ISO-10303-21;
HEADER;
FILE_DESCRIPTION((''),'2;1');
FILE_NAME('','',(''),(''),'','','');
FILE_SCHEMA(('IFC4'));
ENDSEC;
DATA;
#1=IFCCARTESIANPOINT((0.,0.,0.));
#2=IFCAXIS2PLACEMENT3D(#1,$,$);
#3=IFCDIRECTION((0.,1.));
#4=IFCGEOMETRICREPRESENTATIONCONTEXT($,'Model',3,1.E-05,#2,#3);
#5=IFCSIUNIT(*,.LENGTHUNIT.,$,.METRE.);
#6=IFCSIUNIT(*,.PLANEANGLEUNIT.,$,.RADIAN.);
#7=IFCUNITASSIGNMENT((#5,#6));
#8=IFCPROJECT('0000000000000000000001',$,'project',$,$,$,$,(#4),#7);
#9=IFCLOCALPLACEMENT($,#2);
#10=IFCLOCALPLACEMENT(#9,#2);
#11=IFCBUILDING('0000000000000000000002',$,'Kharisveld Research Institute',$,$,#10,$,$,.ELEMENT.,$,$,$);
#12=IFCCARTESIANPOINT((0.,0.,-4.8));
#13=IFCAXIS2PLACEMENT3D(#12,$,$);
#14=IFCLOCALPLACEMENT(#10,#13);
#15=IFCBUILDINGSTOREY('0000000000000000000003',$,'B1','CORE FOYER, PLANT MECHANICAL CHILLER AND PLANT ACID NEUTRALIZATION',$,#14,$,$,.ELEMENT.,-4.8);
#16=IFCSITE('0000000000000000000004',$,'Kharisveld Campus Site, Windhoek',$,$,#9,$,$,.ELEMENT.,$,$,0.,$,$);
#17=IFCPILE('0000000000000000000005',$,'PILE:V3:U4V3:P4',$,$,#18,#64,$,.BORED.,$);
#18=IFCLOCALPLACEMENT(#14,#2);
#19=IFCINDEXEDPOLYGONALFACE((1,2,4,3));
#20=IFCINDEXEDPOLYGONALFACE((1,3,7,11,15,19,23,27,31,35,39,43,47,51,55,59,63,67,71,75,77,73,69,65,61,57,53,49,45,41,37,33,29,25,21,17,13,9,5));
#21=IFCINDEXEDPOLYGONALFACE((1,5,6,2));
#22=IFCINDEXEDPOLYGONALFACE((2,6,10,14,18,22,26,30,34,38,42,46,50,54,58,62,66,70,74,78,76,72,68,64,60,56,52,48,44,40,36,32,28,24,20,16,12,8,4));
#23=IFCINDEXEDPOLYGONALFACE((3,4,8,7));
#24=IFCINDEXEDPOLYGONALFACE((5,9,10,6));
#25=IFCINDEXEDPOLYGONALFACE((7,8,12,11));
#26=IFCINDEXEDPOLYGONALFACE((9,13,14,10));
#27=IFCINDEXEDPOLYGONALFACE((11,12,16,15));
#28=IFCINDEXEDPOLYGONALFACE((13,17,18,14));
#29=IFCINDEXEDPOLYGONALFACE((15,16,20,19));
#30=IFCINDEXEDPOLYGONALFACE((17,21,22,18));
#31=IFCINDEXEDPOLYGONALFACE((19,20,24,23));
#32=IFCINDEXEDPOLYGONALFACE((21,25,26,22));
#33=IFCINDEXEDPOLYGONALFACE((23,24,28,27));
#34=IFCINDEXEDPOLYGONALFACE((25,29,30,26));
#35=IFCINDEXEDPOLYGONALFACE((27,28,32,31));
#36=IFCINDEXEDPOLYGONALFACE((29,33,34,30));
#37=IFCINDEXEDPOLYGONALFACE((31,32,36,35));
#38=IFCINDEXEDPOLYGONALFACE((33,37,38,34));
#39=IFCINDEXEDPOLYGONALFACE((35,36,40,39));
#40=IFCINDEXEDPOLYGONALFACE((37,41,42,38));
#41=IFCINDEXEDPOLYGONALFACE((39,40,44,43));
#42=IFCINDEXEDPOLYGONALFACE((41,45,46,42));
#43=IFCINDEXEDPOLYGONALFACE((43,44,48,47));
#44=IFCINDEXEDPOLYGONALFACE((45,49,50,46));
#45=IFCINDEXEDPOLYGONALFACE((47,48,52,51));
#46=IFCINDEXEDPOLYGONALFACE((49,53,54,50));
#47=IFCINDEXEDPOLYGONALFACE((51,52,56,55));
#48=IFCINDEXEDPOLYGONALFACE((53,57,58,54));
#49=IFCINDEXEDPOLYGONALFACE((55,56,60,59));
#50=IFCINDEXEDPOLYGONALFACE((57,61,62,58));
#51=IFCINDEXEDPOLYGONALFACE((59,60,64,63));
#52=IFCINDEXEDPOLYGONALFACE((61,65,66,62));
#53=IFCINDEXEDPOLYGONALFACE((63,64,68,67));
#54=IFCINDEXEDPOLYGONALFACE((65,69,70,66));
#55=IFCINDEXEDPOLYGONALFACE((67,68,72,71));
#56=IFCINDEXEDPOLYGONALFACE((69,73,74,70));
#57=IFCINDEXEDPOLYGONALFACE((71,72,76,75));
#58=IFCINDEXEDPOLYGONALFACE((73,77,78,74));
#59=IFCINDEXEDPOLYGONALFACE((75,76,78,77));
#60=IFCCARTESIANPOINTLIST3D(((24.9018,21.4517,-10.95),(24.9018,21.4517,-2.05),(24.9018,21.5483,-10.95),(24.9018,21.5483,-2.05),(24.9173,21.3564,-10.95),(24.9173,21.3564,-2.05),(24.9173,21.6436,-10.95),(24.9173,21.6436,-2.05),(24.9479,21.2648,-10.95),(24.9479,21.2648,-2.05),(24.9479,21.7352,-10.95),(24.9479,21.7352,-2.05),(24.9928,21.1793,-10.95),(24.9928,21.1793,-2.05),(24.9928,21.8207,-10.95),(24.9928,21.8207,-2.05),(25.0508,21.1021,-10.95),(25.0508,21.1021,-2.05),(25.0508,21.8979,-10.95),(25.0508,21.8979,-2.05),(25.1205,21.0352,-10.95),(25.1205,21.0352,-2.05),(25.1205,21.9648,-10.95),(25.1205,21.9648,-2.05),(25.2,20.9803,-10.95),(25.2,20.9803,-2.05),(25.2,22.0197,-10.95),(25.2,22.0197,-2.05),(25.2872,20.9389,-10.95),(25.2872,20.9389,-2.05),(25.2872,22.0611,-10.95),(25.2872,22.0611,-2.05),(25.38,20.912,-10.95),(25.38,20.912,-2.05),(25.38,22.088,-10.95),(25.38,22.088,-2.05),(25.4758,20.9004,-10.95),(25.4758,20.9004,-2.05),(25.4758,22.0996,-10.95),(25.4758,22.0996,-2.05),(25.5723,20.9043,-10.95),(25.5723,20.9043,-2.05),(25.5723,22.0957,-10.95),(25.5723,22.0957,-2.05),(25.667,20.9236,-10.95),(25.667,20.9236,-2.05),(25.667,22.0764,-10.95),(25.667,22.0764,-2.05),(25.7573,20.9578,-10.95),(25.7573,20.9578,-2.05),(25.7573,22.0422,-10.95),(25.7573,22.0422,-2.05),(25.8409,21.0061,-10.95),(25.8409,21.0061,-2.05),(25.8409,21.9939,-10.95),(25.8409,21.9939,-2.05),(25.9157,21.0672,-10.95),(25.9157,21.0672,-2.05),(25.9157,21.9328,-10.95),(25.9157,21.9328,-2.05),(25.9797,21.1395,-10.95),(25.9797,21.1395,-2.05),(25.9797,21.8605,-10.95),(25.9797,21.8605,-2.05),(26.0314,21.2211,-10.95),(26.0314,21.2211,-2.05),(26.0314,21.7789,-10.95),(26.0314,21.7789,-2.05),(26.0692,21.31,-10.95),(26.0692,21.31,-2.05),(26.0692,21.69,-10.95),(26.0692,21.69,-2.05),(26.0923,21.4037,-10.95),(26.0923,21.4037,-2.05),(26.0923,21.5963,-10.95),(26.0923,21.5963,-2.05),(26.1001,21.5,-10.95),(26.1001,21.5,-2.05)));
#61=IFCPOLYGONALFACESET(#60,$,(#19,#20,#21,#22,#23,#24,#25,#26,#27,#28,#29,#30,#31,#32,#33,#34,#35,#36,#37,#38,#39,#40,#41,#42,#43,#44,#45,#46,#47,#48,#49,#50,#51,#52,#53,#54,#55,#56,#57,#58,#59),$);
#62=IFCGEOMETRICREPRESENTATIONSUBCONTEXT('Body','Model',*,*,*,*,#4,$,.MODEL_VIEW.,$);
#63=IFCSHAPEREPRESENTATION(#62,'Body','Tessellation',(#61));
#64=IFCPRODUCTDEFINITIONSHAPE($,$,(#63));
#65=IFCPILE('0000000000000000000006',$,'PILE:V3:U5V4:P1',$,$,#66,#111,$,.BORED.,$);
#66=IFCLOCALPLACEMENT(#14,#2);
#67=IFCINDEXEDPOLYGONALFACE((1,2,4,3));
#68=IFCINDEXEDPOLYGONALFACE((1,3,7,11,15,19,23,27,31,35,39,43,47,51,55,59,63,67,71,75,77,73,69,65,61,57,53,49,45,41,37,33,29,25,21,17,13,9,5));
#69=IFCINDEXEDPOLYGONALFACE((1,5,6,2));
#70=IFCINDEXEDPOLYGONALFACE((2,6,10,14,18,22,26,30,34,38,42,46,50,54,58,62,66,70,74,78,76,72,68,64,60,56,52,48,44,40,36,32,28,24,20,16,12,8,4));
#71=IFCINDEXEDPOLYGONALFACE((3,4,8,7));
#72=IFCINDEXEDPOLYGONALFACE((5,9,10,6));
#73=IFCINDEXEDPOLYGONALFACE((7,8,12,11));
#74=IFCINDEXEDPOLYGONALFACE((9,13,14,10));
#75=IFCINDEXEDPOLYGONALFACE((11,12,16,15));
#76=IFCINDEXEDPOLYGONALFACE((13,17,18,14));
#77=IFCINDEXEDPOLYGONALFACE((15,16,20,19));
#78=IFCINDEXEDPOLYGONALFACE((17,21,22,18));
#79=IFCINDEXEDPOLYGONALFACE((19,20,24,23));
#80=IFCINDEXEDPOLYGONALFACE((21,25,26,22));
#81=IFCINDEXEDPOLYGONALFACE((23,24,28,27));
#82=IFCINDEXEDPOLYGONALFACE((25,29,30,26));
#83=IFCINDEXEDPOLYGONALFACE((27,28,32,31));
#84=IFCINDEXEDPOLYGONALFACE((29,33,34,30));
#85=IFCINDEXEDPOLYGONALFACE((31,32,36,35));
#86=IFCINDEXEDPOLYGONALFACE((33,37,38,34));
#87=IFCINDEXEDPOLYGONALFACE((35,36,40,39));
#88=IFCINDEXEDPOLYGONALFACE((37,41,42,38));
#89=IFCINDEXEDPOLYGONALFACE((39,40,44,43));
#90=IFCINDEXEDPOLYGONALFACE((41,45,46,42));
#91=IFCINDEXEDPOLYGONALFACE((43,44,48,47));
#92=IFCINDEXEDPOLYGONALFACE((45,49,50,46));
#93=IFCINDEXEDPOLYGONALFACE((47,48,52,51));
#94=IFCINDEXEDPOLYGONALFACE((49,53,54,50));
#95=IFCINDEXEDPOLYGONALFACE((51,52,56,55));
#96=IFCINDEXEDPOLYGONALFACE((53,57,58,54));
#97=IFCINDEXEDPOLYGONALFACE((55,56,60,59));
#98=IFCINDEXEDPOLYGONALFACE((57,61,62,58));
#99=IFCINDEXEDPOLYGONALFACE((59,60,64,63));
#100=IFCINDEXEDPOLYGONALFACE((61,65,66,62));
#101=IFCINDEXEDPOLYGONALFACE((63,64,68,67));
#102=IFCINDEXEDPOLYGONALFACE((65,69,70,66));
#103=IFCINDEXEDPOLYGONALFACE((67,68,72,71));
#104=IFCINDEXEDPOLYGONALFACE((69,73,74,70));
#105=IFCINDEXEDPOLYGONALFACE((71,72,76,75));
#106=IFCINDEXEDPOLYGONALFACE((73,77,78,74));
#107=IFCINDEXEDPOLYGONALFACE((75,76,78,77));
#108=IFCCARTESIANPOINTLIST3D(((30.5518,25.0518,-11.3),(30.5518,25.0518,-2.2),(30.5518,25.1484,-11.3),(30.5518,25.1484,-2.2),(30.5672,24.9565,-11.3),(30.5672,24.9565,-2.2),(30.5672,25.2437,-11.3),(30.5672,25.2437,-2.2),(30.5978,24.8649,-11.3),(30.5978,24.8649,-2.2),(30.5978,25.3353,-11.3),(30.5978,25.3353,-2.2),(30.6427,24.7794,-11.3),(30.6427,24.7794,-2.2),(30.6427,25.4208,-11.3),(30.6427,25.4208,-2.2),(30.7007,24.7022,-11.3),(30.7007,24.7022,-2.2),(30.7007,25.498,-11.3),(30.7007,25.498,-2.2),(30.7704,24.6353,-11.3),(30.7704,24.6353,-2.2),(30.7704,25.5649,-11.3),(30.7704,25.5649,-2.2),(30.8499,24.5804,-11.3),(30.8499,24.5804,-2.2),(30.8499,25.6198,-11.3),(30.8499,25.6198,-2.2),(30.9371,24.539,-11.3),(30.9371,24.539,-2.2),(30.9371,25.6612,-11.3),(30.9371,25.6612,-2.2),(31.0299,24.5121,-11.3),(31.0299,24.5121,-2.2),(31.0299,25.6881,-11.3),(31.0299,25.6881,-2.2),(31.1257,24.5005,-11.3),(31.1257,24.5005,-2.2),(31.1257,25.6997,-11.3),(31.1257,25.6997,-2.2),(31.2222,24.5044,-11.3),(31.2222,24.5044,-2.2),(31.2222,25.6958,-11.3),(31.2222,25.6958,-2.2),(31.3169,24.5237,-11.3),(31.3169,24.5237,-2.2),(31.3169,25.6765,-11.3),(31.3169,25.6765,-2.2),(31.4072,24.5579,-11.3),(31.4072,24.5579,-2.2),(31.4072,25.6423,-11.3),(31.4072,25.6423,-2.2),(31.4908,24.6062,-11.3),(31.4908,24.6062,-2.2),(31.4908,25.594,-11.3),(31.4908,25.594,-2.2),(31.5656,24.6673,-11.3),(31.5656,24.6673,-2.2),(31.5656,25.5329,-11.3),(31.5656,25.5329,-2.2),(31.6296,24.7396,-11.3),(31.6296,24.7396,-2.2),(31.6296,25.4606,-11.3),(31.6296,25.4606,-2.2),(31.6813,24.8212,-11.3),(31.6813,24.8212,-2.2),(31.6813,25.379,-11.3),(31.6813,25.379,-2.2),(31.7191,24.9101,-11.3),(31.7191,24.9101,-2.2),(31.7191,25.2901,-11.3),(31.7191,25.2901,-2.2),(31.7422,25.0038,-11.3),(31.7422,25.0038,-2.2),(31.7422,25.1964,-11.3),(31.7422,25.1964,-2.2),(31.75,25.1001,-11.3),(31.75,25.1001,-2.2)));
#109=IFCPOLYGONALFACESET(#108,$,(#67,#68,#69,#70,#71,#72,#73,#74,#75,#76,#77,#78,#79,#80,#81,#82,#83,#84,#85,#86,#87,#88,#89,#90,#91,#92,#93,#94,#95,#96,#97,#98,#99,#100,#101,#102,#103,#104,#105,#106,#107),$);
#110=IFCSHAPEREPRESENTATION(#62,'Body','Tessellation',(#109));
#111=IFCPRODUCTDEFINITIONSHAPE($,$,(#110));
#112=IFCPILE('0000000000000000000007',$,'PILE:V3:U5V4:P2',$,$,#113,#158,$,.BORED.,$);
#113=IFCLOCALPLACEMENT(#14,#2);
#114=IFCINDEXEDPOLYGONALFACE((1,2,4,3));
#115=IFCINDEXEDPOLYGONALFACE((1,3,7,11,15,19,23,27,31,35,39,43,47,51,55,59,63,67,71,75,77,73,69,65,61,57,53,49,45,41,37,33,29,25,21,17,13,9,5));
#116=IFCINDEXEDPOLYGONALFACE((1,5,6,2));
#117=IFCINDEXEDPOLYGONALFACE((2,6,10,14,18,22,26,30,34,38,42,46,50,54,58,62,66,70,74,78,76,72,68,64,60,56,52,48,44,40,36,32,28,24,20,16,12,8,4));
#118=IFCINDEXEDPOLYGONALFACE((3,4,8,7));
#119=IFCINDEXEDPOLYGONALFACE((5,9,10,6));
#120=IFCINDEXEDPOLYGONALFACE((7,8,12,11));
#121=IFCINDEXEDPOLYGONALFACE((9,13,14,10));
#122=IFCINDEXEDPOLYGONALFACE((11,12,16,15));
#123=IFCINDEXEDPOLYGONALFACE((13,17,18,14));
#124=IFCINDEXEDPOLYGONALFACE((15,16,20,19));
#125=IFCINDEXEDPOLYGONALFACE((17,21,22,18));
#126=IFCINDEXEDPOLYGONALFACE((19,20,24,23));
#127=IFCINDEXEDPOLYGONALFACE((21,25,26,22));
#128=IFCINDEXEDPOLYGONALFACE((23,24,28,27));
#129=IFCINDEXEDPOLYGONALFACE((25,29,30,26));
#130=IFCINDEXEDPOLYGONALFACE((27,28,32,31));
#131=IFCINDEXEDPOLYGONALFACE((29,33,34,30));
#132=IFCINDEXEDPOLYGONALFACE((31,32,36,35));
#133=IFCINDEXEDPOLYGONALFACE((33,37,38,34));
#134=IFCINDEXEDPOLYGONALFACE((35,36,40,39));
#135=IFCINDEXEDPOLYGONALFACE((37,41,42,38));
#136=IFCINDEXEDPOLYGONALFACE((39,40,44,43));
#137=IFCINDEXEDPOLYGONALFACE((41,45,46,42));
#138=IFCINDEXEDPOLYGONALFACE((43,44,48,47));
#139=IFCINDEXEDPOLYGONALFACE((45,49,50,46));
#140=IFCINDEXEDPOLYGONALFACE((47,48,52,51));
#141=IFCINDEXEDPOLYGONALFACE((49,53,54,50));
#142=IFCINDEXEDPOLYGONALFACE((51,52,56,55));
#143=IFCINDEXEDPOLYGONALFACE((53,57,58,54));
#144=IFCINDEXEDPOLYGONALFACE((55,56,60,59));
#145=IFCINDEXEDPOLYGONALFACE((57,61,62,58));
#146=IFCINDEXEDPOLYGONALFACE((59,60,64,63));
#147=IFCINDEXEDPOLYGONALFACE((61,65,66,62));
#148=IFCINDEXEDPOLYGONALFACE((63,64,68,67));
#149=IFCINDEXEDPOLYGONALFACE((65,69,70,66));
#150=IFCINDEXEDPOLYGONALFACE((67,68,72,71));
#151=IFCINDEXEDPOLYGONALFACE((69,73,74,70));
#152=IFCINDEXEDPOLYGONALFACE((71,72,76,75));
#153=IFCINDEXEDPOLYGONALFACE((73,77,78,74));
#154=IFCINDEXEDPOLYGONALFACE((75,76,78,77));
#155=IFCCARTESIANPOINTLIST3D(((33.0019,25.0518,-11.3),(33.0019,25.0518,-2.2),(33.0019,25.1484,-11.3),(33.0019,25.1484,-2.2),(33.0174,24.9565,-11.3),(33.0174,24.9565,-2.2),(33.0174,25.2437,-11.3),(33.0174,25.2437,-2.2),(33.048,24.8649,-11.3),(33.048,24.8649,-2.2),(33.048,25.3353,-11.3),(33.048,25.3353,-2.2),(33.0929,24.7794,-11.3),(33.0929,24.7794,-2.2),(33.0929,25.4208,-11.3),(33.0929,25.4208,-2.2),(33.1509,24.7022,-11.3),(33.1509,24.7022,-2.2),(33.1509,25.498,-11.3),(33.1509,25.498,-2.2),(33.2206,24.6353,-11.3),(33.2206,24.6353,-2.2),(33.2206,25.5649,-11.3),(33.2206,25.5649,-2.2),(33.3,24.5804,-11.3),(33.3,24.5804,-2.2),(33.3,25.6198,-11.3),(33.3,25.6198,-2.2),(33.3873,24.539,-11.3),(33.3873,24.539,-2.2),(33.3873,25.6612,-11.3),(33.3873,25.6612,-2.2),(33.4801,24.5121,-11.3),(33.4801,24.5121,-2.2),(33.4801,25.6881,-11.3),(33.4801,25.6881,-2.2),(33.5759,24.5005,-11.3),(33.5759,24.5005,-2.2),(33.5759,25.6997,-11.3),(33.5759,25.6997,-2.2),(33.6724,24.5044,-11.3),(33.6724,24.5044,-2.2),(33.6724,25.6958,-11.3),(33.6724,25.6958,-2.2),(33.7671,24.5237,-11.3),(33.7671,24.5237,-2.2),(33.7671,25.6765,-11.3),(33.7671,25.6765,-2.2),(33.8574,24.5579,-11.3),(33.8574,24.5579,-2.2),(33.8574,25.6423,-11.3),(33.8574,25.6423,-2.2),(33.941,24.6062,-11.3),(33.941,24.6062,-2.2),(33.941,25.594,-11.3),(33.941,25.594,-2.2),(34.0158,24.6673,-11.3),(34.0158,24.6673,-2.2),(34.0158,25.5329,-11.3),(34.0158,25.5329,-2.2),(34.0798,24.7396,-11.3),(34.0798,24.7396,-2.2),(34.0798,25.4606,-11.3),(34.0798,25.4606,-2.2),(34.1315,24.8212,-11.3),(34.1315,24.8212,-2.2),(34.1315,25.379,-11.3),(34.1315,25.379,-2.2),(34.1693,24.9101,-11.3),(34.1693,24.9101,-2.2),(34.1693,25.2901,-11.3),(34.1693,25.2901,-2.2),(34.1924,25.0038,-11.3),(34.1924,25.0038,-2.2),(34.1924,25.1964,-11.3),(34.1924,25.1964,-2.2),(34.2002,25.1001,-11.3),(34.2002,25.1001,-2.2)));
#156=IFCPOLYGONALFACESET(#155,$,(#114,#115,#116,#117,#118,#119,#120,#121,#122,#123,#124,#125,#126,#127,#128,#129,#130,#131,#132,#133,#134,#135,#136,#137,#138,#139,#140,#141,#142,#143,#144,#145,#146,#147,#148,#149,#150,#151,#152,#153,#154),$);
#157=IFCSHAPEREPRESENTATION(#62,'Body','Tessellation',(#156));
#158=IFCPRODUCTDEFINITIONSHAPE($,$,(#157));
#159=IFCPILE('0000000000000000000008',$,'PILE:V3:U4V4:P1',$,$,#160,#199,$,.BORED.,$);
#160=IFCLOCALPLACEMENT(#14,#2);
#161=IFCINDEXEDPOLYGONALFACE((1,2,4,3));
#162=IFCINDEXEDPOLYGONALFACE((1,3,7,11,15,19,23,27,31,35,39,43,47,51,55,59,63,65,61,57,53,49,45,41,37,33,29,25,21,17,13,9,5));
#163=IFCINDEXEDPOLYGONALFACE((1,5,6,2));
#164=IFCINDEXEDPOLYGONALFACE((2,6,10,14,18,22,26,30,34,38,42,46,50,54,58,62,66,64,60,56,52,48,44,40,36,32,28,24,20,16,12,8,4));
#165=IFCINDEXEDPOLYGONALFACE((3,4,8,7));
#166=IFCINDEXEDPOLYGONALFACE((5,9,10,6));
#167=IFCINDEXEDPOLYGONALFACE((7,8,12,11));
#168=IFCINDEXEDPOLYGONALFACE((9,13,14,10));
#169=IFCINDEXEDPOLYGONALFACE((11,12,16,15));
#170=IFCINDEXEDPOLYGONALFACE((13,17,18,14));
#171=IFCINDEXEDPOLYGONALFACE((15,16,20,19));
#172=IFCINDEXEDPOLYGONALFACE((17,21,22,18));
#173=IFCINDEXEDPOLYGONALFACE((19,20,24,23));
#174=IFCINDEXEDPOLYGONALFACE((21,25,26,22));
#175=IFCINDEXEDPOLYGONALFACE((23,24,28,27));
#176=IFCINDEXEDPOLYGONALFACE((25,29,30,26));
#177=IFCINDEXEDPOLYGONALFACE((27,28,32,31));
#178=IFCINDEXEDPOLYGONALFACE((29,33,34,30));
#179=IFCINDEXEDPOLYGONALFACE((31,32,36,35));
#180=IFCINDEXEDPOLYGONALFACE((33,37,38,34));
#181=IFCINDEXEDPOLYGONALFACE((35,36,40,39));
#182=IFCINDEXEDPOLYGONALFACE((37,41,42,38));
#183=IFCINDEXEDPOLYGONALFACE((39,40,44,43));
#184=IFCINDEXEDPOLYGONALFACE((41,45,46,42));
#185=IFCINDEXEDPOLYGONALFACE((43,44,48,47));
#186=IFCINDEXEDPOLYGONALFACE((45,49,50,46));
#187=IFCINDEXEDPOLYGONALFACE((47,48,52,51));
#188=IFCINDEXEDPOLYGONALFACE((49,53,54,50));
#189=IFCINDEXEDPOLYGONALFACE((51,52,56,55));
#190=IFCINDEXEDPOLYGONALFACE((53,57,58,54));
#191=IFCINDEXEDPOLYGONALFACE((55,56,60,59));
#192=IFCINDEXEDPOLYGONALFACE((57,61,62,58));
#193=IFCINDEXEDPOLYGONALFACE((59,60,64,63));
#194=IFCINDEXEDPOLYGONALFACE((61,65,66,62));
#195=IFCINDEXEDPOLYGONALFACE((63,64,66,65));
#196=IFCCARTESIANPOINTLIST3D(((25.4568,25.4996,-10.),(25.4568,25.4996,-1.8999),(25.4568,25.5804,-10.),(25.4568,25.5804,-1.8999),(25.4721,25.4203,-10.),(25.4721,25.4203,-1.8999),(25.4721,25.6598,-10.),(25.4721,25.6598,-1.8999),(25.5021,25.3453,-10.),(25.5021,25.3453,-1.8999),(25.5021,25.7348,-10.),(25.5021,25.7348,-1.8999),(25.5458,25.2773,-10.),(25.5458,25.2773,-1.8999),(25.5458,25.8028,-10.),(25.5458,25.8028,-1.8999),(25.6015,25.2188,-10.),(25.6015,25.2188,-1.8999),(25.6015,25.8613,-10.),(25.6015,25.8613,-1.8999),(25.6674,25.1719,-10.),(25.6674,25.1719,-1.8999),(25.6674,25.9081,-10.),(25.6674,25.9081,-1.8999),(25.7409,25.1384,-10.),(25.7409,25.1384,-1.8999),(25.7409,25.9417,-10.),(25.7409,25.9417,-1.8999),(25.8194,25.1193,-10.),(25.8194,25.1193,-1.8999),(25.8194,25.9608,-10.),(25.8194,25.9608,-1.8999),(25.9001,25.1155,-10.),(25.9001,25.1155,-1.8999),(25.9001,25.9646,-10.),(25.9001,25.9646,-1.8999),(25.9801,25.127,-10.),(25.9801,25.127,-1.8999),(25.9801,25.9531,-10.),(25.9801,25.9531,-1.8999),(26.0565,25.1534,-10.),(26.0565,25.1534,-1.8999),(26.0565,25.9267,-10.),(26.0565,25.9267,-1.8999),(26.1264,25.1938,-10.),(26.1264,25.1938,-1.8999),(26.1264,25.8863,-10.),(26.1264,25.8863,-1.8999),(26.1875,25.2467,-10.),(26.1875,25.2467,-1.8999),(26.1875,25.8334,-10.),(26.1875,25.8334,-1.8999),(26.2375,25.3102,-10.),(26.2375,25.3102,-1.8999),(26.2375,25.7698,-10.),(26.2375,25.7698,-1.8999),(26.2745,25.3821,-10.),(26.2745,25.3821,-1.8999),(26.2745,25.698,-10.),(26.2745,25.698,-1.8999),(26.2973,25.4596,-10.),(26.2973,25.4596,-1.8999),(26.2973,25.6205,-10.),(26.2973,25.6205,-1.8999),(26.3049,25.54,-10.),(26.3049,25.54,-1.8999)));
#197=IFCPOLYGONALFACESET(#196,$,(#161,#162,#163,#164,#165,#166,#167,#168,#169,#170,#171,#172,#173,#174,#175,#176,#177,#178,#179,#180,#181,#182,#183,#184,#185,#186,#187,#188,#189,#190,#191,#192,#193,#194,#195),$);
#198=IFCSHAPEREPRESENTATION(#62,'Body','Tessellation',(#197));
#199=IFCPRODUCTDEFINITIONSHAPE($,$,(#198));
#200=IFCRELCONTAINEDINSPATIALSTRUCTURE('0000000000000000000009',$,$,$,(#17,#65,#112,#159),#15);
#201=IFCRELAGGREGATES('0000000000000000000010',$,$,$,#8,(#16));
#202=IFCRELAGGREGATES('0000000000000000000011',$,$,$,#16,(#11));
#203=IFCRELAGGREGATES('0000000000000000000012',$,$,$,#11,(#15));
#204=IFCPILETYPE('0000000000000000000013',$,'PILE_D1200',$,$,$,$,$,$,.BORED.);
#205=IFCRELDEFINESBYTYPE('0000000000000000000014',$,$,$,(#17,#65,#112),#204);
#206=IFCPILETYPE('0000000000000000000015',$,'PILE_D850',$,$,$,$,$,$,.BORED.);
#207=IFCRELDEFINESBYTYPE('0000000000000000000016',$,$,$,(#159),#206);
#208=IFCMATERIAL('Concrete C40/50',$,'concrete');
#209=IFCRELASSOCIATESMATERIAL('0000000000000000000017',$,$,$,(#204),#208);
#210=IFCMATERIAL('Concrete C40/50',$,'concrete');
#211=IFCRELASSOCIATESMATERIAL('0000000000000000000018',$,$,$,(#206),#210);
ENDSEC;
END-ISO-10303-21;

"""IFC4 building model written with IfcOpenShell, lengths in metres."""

from ifc_helpers import new_model, si_unit, direction, frame, origin, origin_2d, place, context, subcontext, project, spatial, circle, extrude, material, material_profile, profile_set, type_object, element, save


model = new_model("IFC4")

# Units and contexts
model_context = context("Model", 3, precision=1e-05, world=origin(), true_north=direction((0.0, 1.0)))
body_context = subcontext(model_context, "Body", "Model", "MODEL_VIEW")
ifc_project = project(units=[si_unit("LENGTHUNIT", "METRE"), si_unit("PLANEANGLEUNIT", "RADIAN")], contexts=[model_context])

# Site, building, storey
site_placement = place(None, origin())
site = spatial("IfcSite", under=ifc_project, at=site_placement, Name="Kharisveld Campus Site, Windhoek", CompositionType="ELEMENT", RefElevation=0.0)
building_placement = place(site_placement, origin())
building = spatial("IfcBuilding", under=site, at=building_placement, Name="Kharisveld Research Institute", CompositionType="ELEMENT")
storey_placement = place(building_placement, frame((0.0, 0.0, -4.8)))
storey = spatial("IfcBuildingStorey", under=building, at=storey_placement, Name="B1", Description="CORE FOYER, PLANT MECHANICAL CHILLER AND PLANT ACID NEUTRALIZATION", CompositionType="ELEMENT", Elevation=-4.8)

# Piles
ifc_material_1 = material(Name="Concrete C40/50", Category="concrete")
ifc_material_profile_1 = material_profile(ifc_material_1, circle(Radius=0.6001, at=origin_2d()))
ifc_profile_set_1 = profile_set([ifc_material_profile_1], Name="Concrete C40/50")
pile_type_1 = type_object("IfcPileType", Name="PILE_D1200", PredefinedType="BORED", material=ifc_profile_set_1)
for number, where, z_axis, x_axis, name in (
    (1, (25.5, 21.5, -2.05), (0.0, 0.0, -1.0), (1.0, 0.0, 0.0), "PILE:V3:U4V3:P4"),
):
    element("IfcPile", number, at=place(storey_placement, frame(where, z_axis=z_axis, x_axis=x_axis)), inside=storey, type_object=pile_type_1, Name=name, PredefinedType="BORED", context=body_context, shape_type="SweptSolid", body=[
        extrude(circle(Radius=0.6001, at=origin_2d()), origin(), (0.0, 0.0, 1.0), 8.8999),
    ])
for number, where, z_axis, x_axis, name in (
    (2, (31.1499, 25.1001, -2.2), (0.0, 0.0, -1.0), (1.0, 0.0, 0.0), "PILE:V3:U5V4:P1"),
    (3, (33.6001, 25.1001, -2.2), (0.0, 0.0, -1.0), (1.0, 0.0, 0.0), "PILE:V3:U5V4:P2"),
):
    element("IfcPile", number, at=place(storey_placement, frame(where, z_axis=z_axis, x_axis=x_axis)), inside=storey, type_object=pile_type_1, Name=name, PredefinedType="BORED", context=body_context, shape_type="SweptSolid", body=[
        extrude(circle(Radius=0.6001, at=origin_2d()), origin(), (0.0, 0.0, 1.0), 9.1001),
    ])
ifc_material_2 = material(Name="Concrete C40/50", Category="concrete")
ifc_material_profile_2 = material_profile(ifc_material_2, circle(Radius=0.425, at=origin_2d()))
ifc_profile_set_2 = profile_set([ifc_material_profile_2], Name="Concrete C40/50")
pile_type_2 = type_object("IfcPileType", Name="PILE_D850", PredefinedType="BORED", material=ifc_profile_set_2)
for number, where, z_axis, x_axis, name in (
    (4, (25.8799, 25.54, -1.8999), (0.0, 0.0, -1.0), (1.0, 0.0, 0.0), "PILE:V3:U4V4:P1"),
):
    element("IfcPile", number, at=place(storey_placement, frame(where, z_axis=z_axis, x_axis=x_axis)), inside=storey, type_object=pile_type_2, Name=name, PredefinedType="BORED", context=body_context, shape_type="SweptSolid", body=[
        extrude(circle(Radius=0.425, at=origin_2d()), origin(), (0.0, 0.0, 1.0), 8.1001),
    ])

save(model, "model.ifc")
